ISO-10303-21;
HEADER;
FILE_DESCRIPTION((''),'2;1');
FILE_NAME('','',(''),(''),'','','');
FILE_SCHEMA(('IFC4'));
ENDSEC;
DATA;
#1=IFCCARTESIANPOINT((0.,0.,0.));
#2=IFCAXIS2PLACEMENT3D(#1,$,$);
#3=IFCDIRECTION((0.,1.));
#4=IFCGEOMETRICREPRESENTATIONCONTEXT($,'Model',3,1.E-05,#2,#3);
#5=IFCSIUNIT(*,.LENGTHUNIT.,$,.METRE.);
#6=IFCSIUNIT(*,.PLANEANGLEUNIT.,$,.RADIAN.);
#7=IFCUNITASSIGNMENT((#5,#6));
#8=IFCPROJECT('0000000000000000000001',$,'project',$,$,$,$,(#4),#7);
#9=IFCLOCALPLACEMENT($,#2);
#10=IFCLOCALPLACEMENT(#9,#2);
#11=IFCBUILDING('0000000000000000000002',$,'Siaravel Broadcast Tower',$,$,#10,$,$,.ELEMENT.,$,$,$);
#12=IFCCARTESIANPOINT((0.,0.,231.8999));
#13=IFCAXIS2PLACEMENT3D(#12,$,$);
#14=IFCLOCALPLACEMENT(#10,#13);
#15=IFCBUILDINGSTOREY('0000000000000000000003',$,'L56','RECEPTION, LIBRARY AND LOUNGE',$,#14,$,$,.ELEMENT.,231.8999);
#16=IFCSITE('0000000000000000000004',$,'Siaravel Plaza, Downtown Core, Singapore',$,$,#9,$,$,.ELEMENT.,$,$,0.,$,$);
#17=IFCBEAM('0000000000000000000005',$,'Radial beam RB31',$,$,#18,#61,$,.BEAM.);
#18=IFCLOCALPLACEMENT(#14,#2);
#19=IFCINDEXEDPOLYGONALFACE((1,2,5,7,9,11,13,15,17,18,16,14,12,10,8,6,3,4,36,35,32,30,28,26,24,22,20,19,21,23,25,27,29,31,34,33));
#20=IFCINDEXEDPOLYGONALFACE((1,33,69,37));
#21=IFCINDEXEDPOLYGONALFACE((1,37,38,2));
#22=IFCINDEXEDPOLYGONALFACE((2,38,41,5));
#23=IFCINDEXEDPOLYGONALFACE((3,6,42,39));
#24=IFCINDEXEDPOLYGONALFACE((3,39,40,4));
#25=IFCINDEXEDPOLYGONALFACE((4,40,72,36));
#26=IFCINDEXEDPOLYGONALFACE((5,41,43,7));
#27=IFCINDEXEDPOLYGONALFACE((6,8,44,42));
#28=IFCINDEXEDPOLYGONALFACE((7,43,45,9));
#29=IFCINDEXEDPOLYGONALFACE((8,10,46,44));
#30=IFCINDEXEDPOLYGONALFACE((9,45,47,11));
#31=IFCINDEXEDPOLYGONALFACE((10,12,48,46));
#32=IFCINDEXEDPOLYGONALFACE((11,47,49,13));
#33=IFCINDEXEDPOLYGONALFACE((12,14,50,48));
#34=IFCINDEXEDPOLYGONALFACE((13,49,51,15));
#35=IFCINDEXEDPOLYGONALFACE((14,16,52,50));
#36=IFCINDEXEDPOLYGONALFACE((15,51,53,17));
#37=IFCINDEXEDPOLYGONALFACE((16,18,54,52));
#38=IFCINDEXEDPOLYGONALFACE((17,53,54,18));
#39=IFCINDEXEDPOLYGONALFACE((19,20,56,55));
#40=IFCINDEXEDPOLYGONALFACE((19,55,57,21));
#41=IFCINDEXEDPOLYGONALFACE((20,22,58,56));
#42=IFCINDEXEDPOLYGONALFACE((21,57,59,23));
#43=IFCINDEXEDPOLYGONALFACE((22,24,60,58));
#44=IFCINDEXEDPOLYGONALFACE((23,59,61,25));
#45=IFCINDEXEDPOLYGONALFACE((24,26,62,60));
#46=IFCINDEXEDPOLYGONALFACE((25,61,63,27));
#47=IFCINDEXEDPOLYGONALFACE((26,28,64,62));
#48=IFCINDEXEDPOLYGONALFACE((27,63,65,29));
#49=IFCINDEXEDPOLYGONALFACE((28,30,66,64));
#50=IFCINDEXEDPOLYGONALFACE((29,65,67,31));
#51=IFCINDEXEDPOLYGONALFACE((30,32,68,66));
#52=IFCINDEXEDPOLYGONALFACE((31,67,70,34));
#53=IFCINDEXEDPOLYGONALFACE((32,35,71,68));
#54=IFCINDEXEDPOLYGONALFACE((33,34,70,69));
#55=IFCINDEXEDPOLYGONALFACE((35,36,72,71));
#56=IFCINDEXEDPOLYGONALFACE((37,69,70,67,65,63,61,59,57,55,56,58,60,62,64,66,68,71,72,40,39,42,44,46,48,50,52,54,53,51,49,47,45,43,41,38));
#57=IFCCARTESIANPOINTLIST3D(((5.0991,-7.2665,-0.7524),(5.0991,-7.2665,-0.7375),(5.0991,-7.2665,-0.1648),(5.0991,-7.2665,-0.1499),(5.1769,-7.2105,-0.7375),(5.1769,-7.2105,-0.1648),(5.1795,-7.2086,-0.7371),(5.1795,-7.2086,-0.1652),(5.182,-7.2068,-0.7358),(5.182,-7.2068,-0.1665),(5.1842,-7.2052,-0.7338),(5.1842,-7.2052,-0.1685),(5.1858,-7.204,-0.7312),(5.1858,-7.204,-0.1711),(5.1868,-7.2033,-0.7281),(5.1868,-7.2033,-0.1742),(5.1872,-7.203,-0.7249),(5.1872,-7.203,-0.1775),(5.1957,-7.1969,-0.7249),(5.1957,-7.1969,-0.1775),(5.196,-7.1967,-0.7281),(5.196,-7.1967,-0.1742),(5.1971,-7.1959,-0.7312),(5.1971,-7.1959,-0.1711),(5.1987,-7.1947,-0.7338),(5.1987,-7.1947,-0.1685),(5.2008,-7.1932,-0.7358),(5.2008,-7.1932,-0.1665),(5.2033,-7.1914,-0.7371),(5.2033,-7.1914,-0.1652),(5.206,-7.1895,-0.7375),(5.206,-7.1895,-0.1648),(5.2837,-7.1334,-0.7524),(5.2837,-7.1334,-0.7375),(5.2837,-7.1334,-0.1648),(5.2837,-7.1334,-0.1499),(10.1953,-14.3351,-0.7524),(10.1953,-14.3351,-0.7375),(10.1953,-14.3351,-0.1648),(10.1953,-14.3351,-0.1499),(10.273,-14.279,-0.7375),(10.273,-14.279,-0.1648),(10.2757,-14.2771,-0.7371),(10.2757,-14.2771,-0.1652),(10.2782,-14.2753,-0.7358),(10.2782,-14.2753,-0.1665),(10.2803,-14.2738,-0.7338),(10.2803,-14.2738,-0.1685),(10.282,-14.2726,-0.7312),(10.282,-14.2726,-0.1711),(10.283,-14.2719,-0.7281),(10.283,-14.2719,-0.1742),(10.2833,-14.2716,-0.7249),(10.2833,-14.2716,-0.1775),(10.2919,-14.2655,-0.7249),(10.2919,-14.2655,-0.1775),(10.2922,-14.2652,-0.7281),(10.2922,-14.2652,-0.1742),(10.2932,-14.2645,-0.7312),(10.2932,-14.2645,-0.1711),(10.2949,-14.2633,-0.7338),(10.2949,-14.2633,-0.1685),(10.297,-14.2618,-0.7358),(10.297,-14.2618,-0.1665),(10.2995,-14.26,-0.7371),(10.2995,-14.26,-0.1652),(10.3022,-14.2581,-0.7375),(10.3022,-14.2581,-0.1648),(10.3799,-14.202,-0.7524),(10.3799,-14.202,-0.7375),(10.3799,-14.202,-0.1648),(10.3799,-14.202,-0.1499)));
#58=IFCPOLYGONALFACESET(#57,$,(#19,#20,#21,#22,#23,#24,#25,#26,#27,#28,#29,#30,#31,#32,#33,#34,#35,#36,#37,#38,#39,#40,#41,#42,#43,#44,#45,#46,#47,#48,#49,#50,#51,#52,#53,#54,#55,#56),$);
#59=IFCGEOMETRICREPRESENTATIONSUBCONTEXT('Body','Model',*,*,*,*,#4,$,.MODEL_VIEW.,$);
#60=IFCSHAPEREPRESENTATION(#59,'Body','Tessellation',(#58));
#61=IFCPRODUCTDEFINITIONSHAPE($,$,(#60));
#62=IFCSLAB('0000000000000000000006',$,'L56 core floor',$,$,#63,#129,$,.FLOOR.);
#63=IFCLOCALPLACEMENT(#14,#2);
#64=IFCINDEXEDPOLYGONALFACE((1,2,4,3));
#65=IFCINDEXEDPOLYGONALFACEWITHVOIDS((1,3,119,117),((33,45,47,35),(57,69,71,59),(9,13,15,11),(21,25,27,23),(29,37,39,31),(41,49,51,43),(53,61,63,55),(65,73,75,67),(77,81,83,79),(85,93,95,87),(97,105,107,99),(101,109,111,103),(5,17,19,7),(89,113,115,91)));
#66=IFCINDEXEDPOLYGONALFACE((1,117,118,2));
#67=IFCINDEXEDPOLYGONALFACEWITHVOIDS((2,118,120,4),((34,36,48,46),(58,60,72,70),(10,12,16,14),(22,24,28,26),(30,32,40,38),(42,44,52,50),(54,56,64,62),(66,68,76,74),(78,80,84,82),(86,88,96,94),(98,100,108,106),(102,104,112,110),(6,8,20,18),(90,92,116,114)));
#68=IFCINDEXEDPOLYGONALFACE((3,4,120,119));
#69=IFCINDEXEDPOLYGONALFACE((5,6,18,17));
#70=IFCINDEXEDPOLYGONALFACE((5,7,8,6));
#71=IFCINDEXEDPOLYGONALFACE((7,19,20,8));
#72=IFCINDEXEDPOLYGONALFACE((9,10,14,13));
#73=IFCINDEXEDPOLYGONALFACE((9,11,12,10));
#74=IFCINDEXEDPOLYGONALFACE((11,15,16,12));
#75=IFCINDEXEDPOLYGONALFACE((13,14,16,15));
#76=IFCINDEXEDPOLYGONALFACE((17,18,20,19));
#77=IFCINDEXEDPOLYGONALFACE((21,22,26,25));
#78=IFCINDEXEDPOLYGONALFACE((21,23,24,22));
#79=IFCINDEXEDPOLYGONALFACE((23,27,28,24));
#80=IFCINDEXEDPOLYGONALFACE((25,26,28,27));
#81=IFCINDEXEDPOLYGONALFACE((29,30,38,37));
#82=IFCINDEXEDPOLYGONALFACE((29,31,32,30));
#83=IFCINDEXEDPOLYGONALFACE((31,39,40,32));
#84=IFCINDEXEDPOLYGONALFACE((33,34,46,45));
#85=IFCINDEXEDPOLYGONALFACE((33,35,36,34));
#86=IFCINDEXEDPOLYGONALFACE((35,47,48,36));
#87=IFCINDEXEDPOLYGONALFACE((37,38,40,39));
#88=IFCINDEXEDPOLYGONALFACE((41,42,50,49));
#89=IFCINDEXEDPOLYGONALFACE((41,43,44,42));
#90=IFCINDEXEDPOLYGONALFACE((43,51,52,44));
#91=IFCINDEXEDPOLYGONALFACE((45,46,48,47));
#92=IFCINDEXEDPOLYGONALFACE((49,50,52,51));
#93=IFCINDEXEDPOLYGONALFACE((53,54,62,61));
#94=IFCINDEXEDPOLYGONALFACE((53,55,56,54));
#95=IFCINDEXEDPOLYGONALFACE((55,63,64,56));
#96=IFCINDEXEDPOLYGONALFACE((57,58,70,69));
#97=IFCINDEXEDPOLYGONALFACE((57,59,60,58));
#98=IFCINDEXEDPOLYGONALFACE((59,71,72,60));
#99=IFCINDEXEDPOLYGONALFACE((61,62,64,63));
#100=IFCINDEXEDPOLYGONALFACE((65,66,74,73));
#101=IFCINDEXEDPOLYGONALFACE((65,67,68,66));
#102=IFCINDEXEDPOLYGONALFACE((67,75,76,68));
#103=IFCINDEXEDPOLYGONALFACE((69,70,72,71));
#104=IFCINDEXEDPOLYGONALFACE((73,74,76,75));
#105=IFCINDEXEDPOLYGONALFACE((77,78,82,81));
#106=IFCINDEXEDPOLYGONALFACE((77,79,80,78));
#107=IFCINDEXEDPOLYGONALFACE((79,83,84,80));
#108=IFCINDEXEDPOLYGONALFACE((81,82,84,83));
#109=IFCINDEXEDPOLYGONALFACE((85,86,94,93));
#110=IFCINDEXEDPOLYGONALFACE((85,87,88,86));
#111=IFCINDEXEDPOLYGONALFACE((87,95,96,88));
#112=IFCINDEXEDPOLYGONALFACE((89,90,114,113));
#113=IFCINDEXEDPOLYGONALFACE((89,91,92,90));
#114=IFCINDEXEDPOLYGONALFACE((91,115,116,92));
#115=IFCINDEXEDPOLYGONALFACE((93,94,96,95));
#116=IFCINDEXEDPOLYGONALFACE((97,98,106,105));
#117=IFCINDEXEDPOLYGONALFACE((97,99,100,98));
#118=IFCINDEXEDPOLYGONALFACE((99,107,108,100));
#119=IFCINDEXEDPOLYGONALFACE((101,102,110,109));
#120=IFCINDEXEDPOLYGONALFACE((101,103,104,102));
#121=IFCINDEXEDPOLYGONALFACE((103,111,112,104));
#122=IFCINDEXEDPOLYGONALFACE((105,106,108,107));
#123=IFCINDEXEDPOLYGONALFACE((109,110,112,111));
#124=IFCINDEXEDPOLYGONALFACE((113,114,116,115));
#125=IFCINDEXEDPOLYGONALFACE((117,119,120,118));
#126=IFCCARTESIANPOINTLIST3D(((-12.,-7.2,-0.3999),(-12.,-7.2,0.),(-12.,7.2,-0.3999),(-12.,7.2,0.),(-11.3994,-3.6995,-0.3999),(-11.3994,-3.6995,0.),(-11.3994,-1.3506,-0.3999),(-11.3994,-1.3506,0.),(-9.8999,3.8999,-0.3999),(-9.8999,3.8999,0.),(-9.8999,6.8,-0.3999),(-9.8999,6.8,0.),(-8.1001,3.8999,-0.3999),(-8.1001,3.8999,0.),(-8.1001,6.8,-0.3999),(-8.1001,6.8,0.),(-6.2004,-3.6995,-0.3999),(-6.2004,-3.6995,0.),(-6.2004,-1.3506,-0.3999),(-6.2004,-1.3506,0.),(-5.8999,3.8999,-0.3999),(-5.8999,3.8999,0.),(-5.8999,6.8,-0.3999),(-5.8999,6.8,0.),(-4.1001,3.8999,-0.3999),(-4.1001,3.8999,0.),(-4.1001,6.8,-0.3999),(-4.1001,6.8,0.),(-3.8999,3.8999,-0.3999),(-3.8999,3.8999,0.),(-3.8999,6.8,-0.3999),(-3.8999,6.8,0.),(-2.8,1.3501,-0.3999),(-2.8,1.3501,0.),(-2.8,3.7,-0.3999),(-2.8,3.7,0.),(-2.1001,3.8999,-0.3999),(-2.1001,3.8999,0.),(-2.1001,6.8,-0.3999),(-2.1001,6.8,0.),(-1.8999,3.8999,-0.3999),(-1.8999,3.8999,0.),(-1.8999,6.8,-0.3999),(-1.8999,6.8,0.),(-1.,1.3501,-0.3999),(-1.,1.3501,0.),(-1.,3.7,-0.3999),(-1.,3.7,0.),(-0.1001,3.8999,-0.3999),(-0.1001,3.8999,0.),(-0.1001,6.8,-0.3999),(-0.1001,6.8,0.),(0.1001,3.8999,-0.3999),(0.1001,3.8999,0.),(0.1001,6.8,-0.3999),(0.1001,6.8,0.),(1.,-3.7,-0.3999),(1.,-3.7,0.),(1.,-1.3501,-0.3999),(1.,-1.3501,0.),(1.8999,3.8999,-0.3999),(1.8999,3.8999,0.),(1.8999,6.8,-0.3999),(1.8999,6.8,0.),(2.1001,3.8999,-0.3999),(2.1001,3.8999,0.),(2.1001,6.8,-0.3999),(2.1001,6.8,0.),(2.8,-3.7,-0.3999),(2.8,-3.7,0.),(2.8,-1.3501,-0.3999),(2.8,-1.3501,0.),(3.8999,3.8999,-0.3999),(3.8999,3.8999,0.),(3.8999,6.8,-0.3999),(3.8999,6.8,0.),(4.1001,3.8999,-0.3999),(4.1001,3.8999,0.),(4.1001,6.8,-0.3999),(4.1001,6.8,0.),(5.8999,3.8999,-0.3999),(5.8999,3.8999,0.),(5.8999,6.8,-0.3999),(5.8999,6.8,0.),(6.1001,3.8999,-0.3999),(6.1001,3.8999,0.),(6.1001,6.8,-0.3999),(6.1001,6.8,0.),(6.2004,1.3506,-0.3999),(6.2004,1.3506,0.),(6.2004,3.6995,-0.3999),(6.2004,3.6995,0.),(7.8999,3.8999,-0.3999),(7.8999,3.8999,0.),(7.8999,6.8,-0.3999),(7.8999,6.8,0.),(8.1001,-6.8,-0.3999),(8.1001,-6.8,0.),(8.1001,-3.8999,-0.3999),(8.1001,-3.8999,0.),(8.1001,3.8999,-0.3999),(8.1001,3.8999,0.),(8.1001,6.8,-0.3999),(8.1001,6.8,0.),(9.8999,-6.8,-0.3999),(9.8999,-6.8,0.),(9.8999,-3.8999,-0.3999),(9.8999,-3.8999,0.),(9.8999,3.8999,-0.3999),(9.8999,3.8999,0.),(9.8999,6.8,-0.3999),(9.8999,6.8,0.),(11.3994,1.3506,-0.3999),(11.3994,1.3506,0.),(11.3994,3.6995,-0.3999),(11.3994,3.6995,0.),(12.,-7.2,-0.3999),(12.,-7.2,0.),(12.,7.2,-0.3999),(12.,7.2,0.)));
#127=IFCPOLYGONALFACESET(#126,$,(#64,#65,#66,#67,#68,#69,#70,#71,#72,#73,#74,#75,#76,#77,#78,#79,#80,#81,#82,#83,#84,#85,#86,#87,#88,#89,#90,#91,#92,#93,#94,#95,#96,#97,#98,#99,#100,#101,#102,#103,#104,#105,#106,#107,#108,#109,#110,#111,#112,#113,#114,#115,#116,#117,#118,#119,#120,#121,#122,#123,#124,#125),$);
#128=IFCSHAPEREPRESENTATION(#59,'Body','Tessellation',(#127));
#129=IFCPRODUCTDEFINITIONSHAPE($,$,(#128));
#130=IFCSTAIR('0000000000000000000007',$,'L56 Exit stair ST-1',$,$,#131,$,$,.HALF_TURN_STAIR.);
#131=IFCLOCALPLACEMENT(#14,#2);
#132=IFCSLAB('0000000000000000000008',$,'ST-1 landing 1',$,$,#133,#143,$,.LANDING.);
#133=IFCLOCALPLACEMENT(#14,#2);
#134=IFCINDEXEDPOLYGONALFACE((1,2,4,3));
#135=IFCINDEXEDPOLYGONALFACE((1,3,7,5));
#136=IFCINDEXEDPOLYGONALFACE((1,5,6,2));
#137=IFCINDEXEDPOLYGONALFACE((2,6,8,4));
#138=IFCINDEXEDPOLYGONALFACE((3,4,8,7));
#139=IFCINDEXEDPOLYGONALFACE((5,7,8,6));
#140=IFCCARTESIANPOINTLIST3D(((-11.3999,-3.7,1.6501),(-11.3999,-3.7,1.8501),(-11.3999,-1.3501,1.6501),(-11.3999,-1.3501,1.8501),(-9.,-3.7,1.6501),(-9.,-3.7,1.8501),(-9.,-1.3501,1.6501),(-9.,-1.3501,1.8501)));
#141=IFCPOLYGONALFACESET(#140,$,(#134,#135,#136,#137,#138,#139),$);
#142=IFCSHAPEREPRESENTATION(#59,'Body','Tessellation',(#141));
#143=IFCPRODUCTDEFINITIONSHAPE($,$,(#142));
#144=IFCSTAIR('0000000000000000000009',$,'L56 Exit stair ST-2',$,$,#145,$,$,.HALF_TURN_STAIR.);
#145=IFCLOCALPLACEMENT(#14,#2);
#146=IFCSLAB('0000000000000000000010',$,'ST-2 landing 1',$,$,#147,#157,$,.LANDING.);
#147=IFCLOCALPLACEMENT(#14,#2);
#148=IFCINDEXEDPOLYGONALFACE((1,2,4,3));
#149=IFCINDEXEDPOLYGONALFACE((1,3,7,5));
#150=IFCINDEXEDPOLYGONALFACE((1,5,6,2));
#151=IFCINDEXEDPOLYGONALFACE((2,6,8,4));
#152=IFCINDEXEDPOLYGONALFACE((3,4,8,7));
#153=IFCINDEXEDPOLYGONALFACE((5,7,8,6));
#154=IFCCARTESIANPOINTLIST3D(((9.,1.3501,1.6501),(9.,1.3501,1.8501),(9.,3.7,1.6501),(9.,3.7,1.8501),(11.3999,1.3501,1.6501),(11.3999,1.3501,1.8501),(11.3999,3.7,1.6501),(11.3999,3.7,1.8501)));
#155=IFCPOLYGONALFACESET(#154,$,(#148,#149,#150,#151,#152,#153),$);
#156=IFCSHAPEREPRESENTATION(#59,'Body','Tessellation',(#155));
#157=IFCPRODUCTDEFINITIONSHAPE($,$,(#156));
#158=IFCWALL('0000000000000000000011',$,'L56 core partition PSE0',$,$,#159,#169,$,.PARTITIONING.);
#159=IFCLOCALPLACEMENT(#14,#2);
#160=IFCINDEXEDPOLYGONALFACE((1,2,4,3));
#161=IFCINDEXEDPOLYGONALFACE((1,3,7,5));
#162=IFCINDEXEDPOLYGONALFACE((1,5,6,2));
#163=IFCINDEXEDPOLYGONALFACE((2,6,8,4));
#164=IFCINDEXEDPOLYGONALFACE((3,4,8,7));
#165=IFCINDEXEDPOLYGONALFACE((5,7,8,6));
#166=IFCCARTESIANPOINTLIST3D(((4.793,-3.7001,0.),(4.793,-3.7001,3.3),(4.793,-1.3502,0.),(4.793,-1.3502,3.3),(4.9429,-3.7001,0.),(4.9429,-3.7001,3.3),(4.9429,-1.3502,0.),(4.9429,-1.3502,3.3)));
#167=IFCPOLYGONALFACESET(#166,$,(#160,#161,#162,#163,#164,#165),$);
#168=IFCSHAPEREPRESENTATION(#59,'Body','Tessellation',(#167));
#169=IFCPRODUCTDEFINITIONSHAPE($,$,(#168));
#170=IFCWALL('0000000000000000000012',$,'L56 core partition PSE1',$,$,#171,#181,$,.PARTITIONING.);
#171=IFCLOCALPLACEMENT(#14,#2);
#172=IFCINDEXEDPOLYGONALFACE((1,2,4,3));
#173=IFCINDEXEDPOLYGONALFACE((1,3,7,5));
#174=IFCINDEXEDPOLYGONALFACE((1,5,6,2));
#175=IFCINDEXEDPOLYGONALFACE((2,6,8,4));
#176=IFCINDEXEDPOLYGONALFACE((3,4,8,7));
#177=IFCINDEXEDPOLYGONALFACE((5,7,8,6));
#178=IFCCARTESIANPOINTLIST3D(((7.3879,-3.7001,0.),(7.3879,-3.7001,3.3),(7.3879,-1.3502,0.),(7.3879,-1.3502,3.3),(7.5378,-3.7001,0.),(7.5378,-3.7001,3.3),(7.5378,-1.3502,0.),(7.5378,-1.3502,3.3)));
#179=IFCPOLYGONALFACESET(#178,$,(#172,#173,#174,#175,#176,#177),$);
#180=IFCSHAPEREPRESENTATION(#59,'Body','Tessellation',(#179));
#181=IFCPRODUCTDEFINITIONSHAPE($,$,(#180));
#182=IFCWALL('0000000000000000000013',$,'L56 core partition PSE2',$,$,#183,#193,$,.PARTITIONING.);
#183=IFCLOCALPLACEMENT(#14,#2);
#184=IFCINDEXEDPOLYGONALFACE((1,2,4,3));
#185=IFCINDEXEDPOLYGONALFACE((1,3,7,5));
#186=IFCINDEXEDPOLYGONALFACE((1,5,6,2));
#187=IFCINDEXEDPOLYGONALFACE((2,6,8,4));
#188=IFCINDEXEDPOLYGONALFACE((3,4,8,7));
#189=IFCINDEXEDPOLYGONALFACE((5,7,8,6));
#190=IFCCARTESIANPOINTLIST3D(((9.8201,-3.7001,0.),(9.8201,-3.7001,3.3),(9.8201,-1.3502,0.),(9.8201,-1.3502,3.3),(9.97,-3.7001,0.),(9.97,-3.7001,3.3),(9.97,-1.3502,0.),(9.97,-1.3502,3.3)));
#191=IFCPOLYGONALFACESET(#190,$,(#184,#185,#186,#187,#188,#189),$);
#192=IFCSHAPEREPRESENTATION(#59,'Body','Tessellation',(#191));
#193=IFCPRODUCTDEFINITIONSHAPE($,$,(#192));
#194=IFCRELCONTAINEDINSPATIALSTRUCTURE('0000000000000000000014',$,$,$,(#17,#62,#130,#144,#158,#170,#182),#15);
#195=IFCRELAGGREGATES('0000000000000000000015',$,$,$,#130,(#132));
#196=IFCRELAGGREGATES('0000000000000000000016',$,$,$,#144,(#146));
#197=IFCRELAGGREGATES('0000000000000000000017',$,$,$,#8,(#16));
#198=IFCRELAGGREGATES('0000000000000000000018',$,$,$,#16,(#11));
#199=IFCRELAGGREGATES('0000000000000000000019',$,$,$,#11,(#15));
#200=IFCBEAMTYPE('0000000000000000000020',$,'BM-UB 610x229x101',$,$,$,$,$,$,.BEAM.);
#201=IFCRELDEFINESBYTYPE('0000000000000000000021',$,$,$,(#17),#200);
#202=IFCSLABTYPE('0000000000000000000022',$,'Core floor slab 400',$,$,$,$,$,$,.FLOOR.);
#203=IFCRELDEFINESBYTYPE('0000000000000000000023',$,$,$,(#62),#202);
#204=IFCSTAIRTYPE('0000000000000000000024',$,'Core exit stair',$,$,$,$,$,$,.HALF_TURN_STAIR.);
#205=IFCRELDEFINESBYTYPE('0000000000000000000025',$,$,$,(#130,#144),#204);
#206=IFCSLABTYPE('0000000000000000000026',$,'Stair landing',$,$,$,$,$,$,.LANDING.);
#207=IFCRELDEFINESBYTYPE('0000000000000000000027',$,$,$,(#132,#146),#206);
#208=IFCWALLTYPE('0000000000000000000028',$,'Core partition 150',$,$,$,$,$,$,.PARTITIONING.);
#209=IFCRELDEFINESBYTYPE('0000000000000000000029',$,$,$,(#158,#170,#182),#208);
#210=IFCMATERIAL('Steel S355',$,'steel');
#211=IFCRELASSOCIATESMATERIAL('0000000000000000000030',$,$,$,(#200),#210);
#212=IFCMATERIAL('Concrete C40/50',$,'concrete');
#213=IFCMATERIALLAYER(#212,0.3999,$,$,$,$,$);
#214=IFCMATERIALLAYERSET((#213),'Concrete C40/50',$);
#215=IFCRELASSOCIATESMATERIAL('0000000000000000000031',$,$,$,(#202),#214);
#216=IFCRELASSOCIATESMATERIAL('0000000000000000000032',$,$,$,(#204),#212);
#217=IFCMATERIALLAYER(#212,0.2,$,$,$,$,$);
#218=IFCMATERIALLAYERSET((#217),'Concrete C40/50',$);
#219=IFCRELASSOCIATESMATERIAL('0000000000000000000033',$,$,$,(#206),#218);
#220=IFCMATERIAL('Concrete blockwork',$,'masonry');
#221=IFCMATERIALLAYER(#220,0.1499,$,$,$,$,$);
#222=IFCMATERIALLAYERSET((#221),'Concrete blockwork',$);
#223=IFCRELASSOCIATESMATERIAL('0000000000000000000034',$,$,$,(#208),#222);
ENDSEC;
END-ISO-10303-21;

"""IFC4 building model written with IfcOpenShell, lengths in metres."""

from ifc_helpers import new_model, si_unit, direction, frame, frame_2d, origin, origin_2d, place, context, subcontext, project, spatial, polyline, rectangle, i_section, outline, extrude, material, layer, layer_set, material_profile, profile_set, type_object, element, aggregate, save


model = new_model("IFC4")

# Units and contexts
model_context = context("Model", 3, precision=1e-05, world=origin(), true_north=direction((0.0, 1.0)))
body_context = subcontext(model_context, "Body", "Model", "MODEL_VIEW")
ifc_project = project(units=[si_unit("LENGTHUNIT", "METRE"), si_unit("PLANEANGLEUNIT", "RADIAN")], contexts=[model_context])

# Site, building, storey
site_placement = place(None, origin())
site = spatial("IfcSite", under=ifc_project, at=site_placement, Name="Siaravel Plaza, Downtown Core, Singapore", CompositionType="ELEMENT", RefElevation=0.0)
building_placement = place(site_placement, origin())
building = spatial("IfcBuilding", under=site, at=building_placement, Name="Siaravel Broadcast Tower", CompositionType="ELEMENT")
storey_placement = place(building_placement, frame((0.0, 0.0, 231.8999)))
storey = spatial("IfcBuildingStorey", under=building, at=storey_placement, Name="L56", Description="RECEPTION, LIBRARY AND LOUNGE", CompositionType="ELEMENT", Elevation=231.8999)

# Beam
ifc_material_1 = material(Name="Steel S355", Category="steel")
ifc_material_profile = material_profile(ifc_material_1, i_section(OverallWidth=0.2275, OverallDepth=0.6025, WebThickness=0.0105, FlangeThickness=0.0149, FilletRadius=0.0127, at=origin_2d()))
ifc_profile_set = profile_set([ifc_material_profile], Name="Steel S355")
beam_type = type_object("IfcBeamType", Name="BM-UB 610x229x101", PredefinedType="BEAM", material=ifc_profile_set)
beam_placement = place(storey_placement, frame((10.2876, -14.2686, -0.4512), z_axis=(-0.584818, 0.811164, 0.0), x_axis=(-0.811164, -0.584818, 0.0)))
element("IfcBeam", 1, at=beam_placement, inside=storey, type_object=beam_type, Name="Radial beam RB31", PredefinedType="BEAM", context=body_context, shape_type="SweptSolid", body=[
    extrude(i_section(OverallWidth=0.2275, OverallDepth=0.6025, WebThickness=0.0105, FlangeThickness=0.0149, FilletRadius=0.0127, at=origin_2d()), origin(), (0.0, 0.0, 1.0), 8.7141),
])

# Slab
ifc_material_2 = material(Name="Concrete C40/50", Category="concrete")
ifc_layer_1 = layer(ifc_material_2, 0.3999)
ifc_layer_set_1 = layer_set([ifc_layer_1], Name="Concrete C40/50")
slab_type_1 = type_object("IfcSlabType", Name="Core floor slab 400", PredefinedType="FLOOR", material=ifc_layer_set_1)
slab_1_placement = place(storey_placement, frame((0.0, 0.0, -0.3999)))
element("IfcSlab", 2, at=slab_1_placement, inside=storey, type_object=slab_type_1, Name="L56 core floor", PredefinedType="FLOOR", context=body_context, shape_type="SweptSolid", body=[
    extrude(outline(polyline([(-12.0, -7.2), (-12.0, 7.2), (12.0, 7.2), (12.0, -7.2), (-12.0, -7.2)]), holes=[polyline([(11.3994, 1.3506), (11.3994, 3.6995), (6.2004, 3.6995), (6.2004, 1.3506), (11.3994, 1.3506)]), polyline([(8.1001, -3.8999), (8.1001, -6.8), (9.8999, -6.8), (9.8999, -3.8999), (8.1001, -3.8999)]), polyline([(9.8999, 6.8), (8.1001, 6.8), (8.1001, 3.8999), (9.8999, 3.8999), (9.8999, 6.8)]), polyline([(7.8999, 6.8), (6.1001, 6.8), (6.1001, 3.8999), (7.8999, 3.8999), (7.8999, 6.8)]), polyline([(5.8999, 6.8), (4.1001, 6.8), (4.1001, 3.8999), (5.8999, 3.8999), (5.8999, 6.8)]), polyline([(3.8999, 6.8), (2.1001, 6.8), (2.1001, 3.8999), (3.8999, 3.8999), (3.8999, 6.8)]), polyline([(2.8, -1.3501), (1.0, -1.3501), (1.0, -3.7), (2.8, -3.7), (2.8, -1.3501)]), polyline([(1.8999, 6.8), (0.1001, 6.8), (0.1001, 3.8999), (1.8999, 3.8999), (1.8999, 6.8)]), polyline([(-0.1001, 6.8), (-1.8999, 6.8), (-1.8999, 3.8999), (-0.1001, 3.8999), (-0.1001, 6.8)]), polyline([(-1.0, 3.7), (-2.8, 3.7), (-2.8, 1.3501), (-1.0, 1.3501), (-1.0, 3.7)]), polyline([(-2.1001, 6.8), (-3.8999, 6.8), (-3.8999, 3.8999), (-2.1001, 3.8999), (-2.1001, 6.8)]), polyline([(-4.1001, 6.8), (-5.8999, 6.8), (-5.8999, 3.8999), (-4.1001, 3.8999), (-4.1001, 6.8)]), polyline([(-11.3994, -3.6995), (-6.2004, -3.6995), (-6.2004, -1.3506), (-11.3994, -1.3506), (-11.3994, -3.6995)]), polyline([(-8.1001, 6.8), (-9.8999, 6.8), (-9.8999, 3.8999), (-8.1001, 3.8999), (-8.1001, 6.8)])]), origin(), (0.0, 0.0, 1.0), 0.3999),
])

# Stairs, slabs
stair_type = type_object("IfcStairType", Name="Core exit stair", PredefinedType="HALF_TURN_STAIR", material=ifc_material_2)
stair_1_placement = place(storey_placement, origin())
stair_1 = element("IfcStair", 3, at=stair_1_placement, inside=storey, type_object=stair_type, Name="L56 Exit stair ST-1", PredefinedType="HALF_TURN_STAIR")
ifc_layer_2 = layer(ifc_material_2, 0.2)
ifc_layer_set_2 = layer_set([ifc_layer_2], Name="Concrete C40/50")
slab_type_2 = type_object("IfcSlabType", Name="Stair landing", PredefinedType="LANDING", material=ifc_layer_set_2)
slab_2_placement = place(storey_placement, frame((0.0, 0.0, 1.6501)))
slab_2 = element("IfcSlab", 4, at=slab_2_placement, type_object=slab_type_2, Name="ST-1 landing 1", PredefinedType="LANDING", context=body_context, shape_type="SweptSolid", body=[
    extrude(outline(polyline([(-9.0, -1.3501), (-11.3999, -1.3501), (-11.3999, -3.7), (-9.0, -3.7), (-9.0, -1.3501)])), origin(), (0.0, 0.0, 1.0), 0.2),
])
aggregate(stair_1, [slab_2])
stair_2_placement = place(storey_placement, origin())
stair_2 = element("IfcStair", 5, at=stair_2_placement, inside=storey, type_object=stair_type, Name="L56 Exit stair ST-2", PredefinedType="HALF_TURN_STAIR")
slab_3_placement = place(storey_placement, frame((0.0, 0.0, 1.6501)))
slab_3 = element("IfcSlab", 6, at=slab_3_placement, type_object=slab_type_2, Name="ST-2 landing 1", PredefinedType="LANDING", context=body_context, shape_type="SweptSolid", body=[
    extrude(outline(polyline([(9.0, 1.3501), (11.3999, 1.3501), (11.3999, 3.7), (9.0, 3.7), (9.0, 1.3501)])), origin(), (0.0, 0.0, 1.0), 0.2),
])
aggregate(stair_2, [slab_3])

# Walls
ifc_material_3 = material(Name="Concrete blockwork", Category="masonry")
ifc_layer_3 = layer(ifc_material_3, 0.1499)
ifc_layer_set_3 = layer_set([ifc_layer_3], Name="Concrete blockwork")
wall_type_1 = type_object("IfcWallType", Name="Core partition 150", PredefinedType="PARTITIONING", material=ifc_layer_set_3)
for number, where, z_axis, x_axis, name in (
    (7, (4.8679, -3.7, 0.0), (0.0, 0.0, 1.0), (0.0, 1.0, 0.0), "L56 core partition PSE0"),
    (8, (7.4629, -3.7, 0.0), (0.0, 0.0, 1.0), (0.0, 1.0, 0.0), "L56 core partition PSE1"),
    (9, (9.895, -3.7, 0.0), (0.0, 0.0, 1.0), (0.0, 1.0, 0.0), "L56 core partition PSE2"),
):
    element("IfcWall", number, at=place(storey_placement, frame(where, z_axis=z_axis, x_axis=x_axis)), inside=storey, type_object=wall_type_1, Name=name, PredefinedType="PARTITIONING", context=body_context, shape_type="SweptSolid", body=[
        extrude(rectangle(XDim=2.3499, YDim=0.1499, at=frame_2d((1.1748, 0.0))), origin(), (0.0, 0.0, 1.0), 3.3),
    ])

save(model, "model.ifc")
